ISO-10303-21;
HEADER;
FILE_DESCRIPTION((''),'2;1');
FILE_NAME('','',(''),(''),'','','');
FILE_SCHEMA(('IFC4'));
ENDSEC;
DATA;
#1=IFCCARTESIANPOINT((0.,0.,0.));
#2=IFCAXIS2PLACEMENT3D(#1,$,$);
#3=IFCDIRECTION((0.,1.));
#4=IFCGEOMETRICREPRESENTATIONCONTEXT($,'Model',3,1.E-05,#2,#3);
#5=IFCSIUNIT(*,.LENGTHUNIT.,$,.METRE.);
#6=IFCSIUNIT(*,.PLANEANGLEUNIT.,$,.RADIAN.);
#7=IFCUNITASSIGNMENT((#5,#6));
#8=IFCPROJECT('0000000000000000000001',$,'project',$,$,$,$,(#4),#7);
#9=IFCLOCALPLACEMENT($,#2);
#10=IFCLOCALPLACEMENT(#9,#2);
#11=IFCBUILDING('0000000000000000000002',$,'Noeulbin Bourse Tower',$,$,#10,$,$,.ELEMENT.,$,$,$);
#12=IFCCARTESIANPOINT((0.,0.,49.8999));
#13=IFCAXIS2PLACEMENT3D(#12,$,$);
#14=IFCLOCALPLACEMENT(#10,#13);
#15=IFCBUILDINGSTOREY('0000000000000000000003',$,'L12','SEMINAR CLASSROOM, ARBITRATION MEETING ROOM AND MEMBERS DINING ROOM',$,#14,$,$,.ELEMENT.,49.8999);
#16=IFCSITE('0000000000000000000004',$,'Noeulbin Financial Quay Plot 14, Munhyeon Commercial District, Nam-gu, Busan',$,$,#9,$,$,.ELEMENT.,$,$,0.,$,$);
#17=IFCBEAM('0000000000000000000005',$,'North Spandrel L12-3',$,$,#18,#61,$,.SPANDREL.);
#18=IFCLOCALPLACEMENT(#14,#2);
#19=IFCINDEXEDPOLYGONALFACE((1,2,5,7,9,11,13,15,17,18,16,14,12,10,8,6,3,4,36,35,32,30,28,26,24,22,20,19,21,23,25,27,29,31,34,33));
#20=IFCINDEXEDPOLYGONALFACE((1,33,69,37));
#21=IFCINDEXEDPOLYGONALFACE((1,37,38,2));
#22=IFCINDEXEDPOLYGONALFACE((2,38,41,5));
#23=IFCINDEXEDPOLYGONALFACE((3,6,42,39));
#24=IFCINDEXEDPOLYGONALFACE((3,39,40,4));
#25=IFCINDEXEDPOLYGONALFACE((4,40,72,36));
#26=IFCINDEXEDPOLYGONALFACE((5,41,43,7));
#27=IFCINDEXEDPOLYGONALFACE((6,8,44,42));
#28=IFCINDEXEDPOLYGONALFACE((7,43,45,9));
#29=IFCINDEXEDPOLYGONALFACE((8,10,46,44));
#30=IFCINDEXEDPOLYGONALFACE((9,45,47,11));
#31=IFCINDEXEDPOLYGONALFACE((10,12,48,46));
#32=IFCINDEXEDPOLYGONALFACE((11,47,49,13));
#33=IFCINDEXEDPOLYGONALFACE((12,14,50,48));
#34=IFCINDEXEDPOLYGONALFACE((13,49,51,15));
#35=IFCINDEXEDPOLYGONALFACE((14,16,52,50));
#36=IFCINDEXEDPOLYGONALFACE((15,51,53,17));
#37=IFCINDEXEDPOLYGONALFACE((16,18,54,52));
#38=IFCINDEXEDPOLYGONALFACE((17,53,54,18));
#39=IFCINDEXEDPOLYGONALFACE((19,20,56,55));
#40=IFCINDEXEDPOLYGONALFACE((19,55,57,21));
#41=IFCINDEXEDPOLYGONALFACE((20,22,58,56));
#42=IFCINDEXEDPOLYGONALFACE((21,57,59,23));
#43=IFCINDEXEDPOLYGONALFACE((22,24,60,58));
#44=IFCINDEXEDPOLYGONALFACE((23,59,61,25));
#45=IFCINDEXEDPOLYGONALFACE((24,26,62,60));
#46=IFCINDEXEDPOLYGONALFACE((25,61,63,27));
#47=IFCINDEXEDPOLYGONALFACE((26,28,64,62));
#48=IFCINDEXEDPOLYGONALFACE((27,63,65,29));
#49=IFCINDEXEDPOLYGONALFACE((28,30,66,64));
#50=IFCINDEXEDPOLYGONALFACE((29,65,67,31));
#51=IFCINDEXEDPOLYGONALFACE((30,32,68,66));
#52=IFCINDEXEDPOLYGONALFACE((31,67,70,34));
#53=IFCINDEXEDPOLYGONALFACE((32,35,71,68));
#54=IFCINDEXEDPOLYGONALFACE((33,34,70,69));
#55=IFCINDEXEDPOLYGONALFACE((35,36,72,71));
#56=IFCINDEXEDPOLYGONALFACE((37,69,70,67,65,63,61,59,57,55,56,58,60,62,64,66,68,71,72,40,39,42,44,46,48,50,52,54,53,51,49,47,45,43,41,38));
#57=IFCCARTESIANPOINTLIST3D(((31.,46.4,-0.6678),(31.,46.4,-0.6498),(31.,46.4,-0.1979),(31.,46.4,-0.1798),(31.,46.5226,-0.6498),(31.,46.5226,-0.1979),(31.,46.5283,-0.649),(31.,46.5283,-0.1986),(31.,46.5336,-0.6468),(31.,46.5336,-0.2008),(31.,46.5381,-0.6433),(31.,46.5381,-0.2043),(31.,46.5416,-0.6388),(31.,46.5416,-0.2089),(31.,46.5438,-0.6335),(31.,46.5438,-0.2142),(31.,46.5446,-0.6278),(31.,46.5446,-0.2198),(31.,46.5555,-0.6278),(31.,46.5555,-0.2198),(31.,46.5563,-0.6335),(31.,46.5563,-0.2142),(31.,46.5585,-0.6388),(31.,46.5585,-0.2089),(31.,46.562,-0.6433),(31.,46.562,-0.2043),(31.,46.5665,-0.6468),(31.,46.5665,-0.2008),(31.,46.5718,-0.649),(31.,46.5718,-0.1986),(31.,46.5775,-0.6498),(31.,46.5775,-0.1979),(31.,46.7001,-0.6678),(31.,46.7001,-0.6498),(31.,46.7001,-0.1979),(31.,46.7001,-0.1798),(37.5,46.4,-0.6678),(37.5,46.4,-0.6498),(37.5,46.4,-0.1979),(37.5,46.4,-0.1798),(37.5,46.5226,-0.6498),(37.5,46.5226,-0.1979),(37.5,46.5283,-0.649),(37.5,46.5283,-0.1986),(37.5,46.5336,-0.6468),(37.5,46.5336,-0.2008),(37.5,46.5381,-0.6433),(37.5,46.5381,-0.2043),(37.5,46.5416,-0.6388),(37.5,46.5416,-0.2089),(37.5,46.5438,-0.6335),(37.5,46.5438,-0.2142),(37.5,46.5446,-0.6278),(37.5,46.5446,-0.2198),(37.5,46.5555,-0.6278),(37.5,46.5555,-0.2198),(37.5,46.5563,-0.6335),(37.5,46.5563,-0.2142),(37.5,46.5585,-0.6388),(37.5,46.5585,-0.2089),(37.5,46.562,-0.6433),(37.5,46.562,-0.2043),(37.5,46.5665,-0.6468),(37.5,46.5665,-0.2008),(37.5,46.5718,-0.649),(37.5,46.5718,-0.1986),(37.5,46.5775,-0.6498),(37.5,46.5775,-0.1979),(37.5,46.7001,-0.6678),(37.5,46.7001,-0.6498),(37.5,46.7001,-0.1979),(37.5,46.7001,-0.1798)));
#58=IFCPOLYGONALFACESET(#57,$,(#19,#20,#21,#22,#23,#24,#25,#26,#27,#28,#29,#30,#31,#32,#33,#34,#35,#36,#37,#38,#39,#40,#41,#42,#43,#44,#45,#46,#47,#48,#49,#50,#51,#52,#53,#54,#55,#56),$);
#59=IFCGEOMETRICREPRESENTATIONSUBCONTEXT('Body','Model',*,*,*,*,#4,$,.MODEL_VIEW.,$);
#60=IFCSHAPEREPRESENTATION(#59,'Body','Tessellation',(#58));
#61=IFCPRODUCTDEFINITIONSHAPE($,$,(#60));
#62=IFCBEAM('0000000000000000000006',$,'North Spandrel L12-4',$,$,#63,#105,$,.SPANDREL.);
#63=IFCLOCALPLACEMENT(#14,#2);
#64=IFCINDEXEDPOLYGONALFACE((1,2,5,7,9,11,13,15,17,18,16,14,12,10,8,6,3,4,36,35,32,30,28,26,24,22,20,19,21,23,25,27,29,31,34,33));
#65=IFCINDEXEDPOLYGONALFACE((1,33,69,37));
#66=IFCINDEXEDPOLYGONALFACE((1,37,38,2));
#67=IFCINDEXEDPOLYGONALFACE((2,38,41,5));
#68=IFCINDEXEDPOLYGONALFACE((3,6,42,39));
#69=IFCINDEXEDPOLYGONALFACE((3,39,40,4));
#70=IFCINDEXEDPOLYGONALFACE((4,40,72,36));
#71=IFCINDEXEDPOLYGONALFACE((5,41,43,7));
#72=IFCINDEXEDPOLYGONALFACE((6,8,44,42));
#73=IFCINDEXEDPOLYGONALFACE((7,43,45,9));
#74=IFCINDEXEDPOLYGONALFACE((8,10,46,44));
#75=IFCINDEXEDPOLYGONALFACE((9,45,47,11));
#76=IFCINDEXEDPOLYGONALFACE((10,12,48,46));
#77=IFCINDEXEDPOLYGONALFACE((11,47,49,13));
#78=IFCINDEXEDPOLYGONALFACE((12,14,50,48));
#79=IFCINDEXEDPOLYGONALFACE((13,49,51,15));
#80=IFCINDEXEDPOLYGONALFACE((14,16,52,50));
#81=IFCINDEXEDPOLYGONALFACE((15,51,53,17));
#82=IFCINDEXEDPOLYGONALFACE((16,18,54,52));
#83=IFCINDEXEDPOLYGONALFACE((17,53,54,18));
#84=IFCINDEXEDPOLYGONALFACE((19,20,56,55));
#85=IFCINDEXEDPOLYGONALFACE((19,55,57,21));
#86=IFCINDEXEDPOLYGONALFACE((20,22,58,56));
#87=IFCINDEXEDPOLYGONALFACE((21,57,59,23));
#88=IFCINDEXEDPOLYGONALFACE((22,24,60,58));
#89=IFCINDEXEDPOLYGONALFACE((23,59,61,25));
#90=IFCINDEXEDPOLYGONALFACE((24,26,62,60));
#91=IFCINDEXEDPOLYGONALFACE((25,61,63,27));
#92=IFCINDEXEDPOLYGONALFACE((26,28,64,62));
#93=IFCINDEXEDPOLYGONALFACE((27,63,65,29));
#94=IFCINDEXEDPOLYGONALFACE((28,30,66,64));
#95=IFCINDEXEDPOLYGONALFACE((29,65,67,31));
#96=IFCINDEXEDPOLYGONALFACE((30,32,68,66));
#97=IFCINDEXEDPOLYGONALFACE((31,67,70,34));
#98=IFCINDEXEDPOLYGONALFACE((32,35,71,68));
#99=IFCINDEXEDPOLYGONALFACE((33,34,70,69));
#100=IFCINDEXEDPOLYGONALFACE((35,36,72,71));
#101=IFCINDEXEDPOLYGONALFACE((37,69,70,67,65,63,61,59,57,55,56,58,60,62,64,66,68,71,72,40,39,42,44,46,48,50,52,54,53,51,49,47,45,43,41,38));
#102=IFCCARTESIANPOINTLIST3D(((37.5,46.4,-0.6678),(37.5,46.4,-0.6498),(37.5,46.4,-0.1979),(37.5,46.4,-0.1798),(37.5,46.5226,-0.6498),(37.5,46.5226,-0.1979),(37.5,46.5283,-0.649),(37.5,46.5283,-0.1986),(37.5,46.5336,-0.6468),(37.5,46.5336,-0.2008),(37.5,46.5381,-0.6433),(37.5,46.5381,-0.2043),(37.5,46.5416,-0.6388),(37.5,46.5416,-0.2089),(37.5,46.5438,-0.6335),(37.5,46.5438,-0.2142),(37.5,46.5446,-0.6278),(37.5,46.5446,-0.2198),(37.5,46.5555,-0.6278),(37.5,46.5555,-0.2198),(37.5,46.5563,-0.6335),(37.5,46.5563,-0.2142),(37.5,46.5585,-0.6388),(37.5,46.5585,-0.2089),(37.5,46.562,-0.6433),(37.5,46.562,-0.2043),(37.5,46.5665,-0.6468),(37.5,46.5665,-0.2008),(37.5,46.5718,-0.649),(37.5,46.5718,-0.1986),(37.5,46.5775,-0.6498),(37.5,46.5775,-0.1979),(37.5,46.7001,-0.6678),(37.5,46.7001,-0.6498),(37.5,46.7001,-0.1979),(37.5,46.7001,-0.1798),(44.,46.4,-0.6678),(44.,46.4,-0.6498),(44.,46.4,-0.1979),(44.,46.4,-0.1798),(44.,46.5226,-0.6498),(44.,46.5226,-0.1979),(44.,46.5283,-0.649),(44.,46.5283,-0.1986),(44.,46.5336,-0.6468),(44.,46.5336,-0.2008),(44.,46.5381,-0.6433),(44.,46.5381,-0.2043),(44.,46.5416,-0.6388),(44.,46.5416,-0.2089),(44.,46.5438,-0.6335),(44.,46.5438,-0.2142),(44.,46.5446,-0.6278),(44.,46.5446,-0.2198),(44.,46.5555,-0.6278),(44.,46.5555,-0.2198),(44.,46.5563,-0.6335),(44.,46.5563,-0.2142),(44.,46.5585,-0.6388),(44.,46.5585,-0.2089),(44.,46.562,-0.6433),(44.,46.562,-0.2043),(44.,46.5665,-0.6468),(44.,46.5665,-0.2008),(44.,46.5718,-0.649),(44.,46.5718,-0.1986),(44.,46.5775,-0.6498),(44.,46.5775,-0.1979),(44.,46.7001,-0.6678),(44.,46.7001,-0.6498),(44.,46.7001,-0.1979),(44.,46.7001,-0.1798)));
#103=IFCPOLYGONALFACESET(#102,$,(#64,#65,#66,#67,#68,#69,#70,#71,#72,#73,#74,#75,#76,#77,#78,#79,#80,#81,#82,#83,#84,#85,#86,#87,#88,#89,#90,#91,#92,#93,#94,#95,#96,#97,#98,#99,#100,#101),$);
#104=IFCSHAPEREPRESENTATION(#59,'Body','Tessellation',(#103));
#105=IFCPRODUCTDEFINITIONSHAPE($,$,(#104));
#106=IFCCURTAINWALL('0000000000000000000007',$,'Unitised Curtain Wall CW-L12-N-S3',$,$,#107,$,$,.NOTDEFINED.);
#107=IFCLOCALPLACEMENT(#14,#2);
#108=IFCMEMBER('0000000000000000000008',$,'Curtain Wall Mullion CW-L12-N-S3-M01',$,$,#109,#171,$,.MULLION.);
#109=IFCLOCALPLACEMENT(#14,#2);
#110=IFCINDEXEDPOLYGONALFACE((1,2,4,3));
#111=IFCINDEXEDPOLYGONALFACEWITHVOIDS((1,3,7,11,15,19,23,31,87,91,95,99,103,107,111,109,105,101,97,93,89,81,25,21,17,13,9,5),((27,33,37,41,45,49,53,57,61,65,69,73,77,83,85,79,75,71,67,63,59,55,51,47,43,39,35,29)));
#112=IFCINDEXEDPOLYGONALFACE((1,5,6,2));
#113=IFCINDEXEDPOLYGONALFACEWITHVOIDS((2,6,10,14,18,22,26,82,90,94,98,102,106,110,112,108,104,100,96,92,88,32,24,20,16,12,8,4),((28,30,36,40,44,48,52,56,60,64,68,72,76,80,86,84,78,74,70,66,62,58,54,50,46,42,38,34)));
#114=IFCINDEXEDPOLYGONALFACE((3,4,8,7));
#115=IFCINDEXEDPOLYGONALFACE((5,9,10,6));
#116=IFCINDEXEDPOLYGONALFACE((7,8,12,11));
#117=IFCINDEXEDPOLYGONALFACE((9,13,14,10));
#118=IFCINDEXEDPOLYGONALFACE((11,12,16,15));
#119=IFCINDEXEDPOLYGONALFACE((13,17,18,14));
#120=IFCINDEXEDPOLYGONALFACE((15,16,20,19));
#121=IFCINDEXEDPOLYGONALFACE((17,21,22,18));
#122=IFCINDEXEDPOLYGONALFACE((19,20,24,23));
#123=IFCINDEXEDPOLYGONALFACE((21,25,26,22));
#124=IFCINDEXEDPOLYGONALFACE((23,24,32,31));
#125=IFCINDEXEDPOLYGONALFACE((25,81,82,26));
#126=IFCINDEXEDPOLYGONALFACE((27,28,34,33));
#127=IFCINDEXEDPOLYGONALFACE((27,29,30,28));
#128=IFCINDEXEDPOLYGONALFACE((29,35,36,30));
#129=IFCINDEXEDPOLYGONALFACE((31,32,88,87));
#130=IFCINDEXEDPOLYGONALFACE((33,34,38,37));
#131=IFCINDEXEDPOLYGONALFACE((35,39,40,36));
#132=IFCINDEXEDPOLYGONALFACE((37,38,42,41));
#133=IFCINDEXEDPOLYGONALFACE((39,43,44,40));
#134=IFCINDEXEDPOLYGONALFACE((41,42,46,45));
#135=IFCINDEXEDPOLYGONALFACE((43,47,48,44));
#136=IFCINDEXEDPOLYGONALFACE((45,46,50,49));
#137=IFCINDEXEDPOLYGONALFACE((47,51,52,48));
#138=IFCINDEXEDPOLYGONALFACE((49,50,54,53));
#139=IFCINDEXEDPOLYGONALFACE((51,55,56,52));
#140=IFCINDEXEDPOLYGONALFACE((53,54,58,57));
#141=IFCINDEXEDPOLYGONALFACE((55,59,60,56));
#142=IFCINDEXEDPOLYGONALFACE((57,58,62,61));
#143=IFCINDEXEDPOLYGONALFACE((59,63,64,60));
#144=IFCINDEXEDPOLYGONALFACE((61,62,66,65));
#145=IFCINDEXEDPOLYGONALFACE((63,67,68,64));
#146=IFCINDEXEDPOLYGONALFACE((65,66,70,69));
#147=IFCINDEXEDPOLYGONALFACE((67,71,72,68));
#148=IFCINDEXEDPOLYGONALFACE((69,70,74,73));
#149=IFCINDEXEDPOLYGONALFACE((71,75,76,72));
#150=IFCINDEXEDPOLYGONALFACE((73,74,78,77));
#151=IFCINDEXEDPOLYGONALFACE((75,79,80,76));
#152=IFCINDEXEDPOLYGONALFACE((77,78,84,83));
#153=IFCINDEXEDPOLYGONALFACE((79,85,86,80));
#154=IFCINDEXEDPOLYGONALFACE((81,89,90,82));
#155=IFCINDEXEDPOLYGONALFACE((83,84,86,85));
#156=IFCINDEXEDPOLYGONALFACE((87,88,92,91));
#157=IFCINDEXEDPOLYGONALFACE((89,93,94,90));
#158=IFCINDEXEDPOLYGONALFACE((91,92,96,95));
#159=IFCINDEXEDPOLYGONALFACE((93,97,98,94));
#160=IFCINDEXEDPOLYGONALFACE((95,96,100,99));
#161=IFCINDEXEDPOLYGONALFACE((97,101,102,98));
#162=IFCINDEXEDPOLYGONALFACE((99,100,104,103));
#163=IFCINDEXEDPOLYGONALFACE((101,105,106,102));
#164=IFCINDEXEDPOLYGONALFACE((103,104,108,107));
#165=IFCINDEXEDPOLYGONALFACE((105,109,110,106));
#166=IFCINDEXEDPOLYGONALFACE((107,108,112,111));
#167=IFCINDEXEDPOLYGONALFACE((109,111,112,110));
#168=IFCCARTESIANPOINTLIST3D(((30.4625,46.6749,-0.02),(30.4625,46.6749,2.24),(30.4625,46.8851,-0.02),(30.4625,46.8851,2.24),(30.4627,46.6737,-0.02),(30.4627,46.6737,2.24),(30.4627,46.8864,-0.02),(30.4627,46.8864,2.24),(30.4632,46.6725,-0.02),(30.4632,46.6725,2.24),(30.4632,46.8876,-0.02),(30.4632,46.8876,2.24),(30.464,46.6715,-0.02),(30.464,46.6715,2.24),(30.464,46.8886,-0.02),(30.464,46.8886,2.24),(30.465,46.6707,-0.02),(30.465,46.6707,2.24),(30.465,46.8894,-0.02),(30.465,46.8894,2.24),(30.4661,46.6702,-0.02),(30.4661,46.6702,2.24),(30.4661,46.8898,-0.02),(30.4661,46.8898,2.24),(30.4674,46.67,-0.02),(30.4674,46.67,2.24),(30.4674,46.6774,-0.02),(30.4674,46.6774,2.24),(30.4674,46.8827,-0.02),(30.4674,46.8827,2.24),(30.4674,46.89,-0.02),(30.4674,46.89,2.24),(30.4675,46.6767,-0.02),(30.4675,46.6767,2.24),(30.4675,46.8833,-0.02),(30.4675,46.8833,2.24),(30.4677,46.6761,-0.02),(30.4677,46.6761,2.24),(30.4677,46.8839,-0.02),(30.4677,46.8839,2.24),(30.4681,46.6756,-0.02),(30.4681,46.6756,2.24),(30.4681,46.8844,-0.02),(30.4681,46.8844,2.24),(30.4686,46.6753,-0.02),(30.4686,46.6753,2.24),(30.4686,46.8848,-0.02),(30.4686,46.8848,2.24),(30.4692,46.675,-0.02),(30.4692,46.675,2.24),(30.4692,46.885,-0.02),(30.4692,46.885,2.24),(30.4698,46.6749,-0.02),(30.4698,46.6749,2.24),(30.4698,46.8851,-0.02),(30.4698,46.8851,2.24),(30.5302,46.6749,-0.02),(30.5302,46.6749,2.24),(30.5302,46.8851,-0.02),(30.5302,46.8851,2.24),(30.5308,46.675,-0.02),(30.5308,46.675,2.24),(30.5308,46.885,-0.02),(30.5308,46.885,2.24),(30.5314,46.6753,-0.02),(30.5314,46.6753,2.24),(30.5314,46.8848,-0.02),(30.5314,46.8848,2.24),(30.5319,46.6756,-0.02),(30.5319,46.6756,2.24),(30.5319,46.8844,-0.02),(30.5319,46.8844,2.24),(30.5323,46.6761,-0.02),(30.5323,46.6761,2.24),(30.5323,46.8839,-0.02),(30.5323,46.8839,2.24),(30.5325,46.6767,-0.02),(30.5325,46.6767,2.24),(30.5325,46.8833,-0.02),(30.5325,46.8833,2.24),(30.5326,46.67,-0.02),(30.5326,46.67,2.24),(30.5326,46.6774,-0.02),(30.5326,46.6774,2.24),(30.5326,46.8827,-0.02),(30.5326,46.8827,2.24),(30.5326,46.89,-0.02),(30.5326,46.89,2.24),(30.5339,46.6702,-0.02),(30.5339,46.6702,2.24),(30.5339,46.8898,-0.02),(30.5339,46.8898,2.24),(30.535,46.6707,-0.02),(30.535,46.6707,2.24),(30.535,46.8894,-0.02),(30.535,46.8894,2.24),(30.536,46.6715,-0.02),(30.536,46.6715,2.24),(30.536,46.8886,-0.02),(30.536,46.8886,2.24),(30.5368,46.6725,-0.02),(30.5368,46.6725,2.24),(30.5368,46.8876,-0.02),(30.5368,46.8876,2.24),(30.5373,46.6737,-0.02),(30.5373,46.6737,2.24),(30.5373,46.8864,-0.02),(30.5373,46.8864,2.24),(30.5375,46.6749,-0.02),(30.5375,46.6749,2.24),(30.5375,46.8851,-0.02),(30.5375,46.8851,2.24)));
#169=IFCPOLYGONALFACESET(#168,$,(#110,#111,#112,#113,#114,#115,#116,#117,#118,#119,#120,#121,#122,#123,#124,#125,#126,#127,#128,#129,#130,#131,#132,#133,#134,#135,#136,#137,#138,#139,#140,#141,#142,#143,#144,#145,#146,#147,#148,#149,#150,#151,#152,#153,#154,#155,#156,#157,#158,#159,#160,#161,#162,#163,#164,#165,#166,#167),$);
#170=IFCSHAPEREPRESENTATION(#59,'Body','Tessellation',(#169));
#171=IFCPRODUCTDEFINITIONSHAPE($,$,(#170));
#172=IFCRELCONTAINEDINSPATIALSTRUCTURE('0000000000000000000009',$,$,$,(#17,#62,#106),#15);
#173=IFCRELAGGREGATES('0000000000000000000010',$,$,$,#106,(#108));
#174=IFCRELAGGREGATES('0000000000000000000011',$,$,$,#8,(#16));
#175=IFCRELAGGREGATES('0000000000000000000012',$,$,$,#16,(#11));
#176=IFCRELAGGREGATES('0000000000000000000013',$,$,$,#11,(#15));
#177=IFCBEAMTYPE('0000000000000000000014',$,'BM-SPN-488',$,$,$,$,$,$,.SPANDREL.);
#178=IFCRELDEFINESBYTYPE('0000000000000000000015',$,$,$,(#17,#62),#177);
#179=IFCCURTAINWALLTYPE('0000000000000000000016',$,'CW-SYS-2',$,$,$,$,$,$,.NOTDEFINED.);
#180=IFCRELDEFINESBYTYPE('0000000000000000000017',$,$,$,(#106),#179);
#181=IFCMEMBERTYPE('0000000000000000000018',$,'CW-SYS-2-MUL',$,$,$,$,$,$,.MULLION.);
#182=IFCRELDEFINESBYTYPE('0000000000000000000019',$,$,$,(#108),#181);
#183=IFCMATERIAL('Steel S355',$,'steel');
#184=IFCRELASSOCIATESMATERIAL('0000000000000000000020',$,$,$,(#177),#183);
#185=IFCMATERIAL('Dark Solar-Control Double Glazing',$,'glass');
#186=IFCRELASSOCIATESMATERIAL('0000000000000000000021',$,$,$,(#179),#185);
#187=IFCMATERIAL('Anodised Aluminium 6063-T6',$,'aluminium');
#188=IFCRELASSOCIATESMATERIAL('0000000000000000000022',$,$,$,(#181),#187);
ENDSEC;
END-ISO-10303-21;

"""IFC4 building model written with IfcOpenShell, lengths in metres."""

from ifc_helpers import new_model, si_unit, direction, frame, origin, origin_2d, place, context, subcontext, project, spatial, hollow_rectangle, i_section, extrude, material, material_profile, profile_set, type_object, element, aggregate, save


model = new_model("IFC4")

# Units and contexts
model_context = context("Model", 3, precision=1e-05, world=origin(), true_north=direction((0.0, 1.0)))
body_context = subcontext(model_context, "Body", "Model", "MODEL_VIEW")
ifc_project = project(units=[si_unit("LENGTHUNIT", "METRE"), si_unit("PLANEANGLEUNIT", "RADIAN")], contexts=[model_context])

# Site, building, storey
site_placement = place(None, origin())
site = spatial("IfcSite", under=ifc_project, at=site_placement, Name="Noeulbin Financial Quay Plot 14, Munhyeon Commercial District, Nam-gu, Busan", CompositionType="ELEMENT", RefElevation=0.0)
building_placement = place(site_placement, origin())
building = spatial("IfcBuilding", under=site, at=building_placement, Name="Noeulbin Bourse Tower", CompositionType="ELEMENT")
storey_placement = place(building_placement, frame((0.0, 0.0, 49.8999)))
storey = spatial("IfcBuildingStorey", under=building, at=storey_placement, Name="L12", Description="SEMINAR CLASSROOM, ARBITRATION MEETING ROOM AND MEMBERS DINING ROOM", CompositionType="ELEMENT", Elevation=49.8999)

# Beams
ifc_material_1 = material(Name="Steel S355", Category="steel")
ifc_material_profile_1 = material_profile(ifc_material_1, i_section(OverallWidth=0.3, OverallDepth=0.488, WebThickness=0.011, FlangeThickness=0.0181, FilletRadius=0.022, at=origin_2d()), Name="H-488x300x11x18", Category="LoadBearing")
ifc_profile_set_1 = profile_set([ifc_material_profile_1], Name="Steel S355")
beam_type_1 = type_object("IfcBeamType", Name="BM-SPN-488", PredefinedType="SPANDREL", material=ifc_profile_set_1)
for number, where, z_axis, x_axis, name in (
    (1, (31.0, 46.55, -0.4238), (1.0, 0.0, 0.0), (0.0, 1.0, 0.0), "North Spandrel L12-3"),
    (2, (37.5, 46.55, -0.4238), (1.0, 0.0, 0.0), (0.0, 1.0, 0.0), "North Spandrel L12-4"),
):
    element("IfcBeam", number, at=place(storey_placement, frame(where, z_axis=z_axis, x_axis=x_axis)), inside=storey, type_object=beam_type_1, Name=name, PredefinedType="SPANDREL", context=body_context, shape_type="SweptSolid", body=[
        extrude(i_section(OverallWidth=0.3, OverallDepth=0.488, WebThickness=0.011, FlangeThickness=0.0181, FilletRadius=0.022, at=origin_2d()), origin(), (0.0, 0.0, 1.0), 6.5),
    ])

# Curtain wall, member
ifc_material_2 = material(Name="Dark Solar-Control Double Glazing", Category="glass")
curtain_wall_type = type_object("IfcCurtainWallType", Name="CW-SYS-2", PredefinedType="NOTDEFINED", material=ifc_material_2)
curtain_wall_1_placement = place(storey_placement, origin())
curtain_wall_1 = element("IfcCurtainWall", 3, at=curtain_wall_1_placement, inside=storey, type_object=curtain_wall_type, Name="Unitised Curtain Wall CW-L12-N-S3", PredefinedType="NOTDEFINED")
ifc_material_3 = material(Name="Anodised Aluminium 6063-T6", Category="aluminium")
ifc_material_profile_2 = material_profile(ifc_material_3, hollow_rectangle(XDim=0.075, YDim=0.22, WallThickness=0.0049, InnerFilletRadius=0.0024, OuterFilletRadius=0.0049, at=origin_2d()), Name="ALU-MULL-75x220x5", Category="LoadBearing")
ifc_profile_set_2 = profile_set([ifc_material_profile_2], Name="Anodised Aluminium 6063-T6")
member_type_1 = type_object("IfcMemberType", Name="CW-SYS-2-MUL", PredefinedType="MULLION", material=ifc_profile_set_2)
member_1_placement = place(storey_placement, frame((30.5, 46.78, -0.02), z_axis=(0.0, 0.0, 1.0), x_axis=(1.0, 0.0, 0.0)))
member_1 = element("IfcMember", 4, at=member_1_placement, type_object=member_type_1, Name="Curtain Wall Mullion CW-L12-N-S3-M01", PredefinedType="MULLION", context=body_context, shape_type="SweptSolid", body=[
    extrude(hollow_rectangle(XDim=0.075, YDim=0.22, WallThickness=0.0049, InnerFilletRadius=0.0024, OuterFilletRadius=0.0049, at=origin_2d()), origin(), (0.0, 0.0, 1.0), 2.26),
])
aggregate(curtain_wall_1, [member_1])

save(model, "model.ifc")
